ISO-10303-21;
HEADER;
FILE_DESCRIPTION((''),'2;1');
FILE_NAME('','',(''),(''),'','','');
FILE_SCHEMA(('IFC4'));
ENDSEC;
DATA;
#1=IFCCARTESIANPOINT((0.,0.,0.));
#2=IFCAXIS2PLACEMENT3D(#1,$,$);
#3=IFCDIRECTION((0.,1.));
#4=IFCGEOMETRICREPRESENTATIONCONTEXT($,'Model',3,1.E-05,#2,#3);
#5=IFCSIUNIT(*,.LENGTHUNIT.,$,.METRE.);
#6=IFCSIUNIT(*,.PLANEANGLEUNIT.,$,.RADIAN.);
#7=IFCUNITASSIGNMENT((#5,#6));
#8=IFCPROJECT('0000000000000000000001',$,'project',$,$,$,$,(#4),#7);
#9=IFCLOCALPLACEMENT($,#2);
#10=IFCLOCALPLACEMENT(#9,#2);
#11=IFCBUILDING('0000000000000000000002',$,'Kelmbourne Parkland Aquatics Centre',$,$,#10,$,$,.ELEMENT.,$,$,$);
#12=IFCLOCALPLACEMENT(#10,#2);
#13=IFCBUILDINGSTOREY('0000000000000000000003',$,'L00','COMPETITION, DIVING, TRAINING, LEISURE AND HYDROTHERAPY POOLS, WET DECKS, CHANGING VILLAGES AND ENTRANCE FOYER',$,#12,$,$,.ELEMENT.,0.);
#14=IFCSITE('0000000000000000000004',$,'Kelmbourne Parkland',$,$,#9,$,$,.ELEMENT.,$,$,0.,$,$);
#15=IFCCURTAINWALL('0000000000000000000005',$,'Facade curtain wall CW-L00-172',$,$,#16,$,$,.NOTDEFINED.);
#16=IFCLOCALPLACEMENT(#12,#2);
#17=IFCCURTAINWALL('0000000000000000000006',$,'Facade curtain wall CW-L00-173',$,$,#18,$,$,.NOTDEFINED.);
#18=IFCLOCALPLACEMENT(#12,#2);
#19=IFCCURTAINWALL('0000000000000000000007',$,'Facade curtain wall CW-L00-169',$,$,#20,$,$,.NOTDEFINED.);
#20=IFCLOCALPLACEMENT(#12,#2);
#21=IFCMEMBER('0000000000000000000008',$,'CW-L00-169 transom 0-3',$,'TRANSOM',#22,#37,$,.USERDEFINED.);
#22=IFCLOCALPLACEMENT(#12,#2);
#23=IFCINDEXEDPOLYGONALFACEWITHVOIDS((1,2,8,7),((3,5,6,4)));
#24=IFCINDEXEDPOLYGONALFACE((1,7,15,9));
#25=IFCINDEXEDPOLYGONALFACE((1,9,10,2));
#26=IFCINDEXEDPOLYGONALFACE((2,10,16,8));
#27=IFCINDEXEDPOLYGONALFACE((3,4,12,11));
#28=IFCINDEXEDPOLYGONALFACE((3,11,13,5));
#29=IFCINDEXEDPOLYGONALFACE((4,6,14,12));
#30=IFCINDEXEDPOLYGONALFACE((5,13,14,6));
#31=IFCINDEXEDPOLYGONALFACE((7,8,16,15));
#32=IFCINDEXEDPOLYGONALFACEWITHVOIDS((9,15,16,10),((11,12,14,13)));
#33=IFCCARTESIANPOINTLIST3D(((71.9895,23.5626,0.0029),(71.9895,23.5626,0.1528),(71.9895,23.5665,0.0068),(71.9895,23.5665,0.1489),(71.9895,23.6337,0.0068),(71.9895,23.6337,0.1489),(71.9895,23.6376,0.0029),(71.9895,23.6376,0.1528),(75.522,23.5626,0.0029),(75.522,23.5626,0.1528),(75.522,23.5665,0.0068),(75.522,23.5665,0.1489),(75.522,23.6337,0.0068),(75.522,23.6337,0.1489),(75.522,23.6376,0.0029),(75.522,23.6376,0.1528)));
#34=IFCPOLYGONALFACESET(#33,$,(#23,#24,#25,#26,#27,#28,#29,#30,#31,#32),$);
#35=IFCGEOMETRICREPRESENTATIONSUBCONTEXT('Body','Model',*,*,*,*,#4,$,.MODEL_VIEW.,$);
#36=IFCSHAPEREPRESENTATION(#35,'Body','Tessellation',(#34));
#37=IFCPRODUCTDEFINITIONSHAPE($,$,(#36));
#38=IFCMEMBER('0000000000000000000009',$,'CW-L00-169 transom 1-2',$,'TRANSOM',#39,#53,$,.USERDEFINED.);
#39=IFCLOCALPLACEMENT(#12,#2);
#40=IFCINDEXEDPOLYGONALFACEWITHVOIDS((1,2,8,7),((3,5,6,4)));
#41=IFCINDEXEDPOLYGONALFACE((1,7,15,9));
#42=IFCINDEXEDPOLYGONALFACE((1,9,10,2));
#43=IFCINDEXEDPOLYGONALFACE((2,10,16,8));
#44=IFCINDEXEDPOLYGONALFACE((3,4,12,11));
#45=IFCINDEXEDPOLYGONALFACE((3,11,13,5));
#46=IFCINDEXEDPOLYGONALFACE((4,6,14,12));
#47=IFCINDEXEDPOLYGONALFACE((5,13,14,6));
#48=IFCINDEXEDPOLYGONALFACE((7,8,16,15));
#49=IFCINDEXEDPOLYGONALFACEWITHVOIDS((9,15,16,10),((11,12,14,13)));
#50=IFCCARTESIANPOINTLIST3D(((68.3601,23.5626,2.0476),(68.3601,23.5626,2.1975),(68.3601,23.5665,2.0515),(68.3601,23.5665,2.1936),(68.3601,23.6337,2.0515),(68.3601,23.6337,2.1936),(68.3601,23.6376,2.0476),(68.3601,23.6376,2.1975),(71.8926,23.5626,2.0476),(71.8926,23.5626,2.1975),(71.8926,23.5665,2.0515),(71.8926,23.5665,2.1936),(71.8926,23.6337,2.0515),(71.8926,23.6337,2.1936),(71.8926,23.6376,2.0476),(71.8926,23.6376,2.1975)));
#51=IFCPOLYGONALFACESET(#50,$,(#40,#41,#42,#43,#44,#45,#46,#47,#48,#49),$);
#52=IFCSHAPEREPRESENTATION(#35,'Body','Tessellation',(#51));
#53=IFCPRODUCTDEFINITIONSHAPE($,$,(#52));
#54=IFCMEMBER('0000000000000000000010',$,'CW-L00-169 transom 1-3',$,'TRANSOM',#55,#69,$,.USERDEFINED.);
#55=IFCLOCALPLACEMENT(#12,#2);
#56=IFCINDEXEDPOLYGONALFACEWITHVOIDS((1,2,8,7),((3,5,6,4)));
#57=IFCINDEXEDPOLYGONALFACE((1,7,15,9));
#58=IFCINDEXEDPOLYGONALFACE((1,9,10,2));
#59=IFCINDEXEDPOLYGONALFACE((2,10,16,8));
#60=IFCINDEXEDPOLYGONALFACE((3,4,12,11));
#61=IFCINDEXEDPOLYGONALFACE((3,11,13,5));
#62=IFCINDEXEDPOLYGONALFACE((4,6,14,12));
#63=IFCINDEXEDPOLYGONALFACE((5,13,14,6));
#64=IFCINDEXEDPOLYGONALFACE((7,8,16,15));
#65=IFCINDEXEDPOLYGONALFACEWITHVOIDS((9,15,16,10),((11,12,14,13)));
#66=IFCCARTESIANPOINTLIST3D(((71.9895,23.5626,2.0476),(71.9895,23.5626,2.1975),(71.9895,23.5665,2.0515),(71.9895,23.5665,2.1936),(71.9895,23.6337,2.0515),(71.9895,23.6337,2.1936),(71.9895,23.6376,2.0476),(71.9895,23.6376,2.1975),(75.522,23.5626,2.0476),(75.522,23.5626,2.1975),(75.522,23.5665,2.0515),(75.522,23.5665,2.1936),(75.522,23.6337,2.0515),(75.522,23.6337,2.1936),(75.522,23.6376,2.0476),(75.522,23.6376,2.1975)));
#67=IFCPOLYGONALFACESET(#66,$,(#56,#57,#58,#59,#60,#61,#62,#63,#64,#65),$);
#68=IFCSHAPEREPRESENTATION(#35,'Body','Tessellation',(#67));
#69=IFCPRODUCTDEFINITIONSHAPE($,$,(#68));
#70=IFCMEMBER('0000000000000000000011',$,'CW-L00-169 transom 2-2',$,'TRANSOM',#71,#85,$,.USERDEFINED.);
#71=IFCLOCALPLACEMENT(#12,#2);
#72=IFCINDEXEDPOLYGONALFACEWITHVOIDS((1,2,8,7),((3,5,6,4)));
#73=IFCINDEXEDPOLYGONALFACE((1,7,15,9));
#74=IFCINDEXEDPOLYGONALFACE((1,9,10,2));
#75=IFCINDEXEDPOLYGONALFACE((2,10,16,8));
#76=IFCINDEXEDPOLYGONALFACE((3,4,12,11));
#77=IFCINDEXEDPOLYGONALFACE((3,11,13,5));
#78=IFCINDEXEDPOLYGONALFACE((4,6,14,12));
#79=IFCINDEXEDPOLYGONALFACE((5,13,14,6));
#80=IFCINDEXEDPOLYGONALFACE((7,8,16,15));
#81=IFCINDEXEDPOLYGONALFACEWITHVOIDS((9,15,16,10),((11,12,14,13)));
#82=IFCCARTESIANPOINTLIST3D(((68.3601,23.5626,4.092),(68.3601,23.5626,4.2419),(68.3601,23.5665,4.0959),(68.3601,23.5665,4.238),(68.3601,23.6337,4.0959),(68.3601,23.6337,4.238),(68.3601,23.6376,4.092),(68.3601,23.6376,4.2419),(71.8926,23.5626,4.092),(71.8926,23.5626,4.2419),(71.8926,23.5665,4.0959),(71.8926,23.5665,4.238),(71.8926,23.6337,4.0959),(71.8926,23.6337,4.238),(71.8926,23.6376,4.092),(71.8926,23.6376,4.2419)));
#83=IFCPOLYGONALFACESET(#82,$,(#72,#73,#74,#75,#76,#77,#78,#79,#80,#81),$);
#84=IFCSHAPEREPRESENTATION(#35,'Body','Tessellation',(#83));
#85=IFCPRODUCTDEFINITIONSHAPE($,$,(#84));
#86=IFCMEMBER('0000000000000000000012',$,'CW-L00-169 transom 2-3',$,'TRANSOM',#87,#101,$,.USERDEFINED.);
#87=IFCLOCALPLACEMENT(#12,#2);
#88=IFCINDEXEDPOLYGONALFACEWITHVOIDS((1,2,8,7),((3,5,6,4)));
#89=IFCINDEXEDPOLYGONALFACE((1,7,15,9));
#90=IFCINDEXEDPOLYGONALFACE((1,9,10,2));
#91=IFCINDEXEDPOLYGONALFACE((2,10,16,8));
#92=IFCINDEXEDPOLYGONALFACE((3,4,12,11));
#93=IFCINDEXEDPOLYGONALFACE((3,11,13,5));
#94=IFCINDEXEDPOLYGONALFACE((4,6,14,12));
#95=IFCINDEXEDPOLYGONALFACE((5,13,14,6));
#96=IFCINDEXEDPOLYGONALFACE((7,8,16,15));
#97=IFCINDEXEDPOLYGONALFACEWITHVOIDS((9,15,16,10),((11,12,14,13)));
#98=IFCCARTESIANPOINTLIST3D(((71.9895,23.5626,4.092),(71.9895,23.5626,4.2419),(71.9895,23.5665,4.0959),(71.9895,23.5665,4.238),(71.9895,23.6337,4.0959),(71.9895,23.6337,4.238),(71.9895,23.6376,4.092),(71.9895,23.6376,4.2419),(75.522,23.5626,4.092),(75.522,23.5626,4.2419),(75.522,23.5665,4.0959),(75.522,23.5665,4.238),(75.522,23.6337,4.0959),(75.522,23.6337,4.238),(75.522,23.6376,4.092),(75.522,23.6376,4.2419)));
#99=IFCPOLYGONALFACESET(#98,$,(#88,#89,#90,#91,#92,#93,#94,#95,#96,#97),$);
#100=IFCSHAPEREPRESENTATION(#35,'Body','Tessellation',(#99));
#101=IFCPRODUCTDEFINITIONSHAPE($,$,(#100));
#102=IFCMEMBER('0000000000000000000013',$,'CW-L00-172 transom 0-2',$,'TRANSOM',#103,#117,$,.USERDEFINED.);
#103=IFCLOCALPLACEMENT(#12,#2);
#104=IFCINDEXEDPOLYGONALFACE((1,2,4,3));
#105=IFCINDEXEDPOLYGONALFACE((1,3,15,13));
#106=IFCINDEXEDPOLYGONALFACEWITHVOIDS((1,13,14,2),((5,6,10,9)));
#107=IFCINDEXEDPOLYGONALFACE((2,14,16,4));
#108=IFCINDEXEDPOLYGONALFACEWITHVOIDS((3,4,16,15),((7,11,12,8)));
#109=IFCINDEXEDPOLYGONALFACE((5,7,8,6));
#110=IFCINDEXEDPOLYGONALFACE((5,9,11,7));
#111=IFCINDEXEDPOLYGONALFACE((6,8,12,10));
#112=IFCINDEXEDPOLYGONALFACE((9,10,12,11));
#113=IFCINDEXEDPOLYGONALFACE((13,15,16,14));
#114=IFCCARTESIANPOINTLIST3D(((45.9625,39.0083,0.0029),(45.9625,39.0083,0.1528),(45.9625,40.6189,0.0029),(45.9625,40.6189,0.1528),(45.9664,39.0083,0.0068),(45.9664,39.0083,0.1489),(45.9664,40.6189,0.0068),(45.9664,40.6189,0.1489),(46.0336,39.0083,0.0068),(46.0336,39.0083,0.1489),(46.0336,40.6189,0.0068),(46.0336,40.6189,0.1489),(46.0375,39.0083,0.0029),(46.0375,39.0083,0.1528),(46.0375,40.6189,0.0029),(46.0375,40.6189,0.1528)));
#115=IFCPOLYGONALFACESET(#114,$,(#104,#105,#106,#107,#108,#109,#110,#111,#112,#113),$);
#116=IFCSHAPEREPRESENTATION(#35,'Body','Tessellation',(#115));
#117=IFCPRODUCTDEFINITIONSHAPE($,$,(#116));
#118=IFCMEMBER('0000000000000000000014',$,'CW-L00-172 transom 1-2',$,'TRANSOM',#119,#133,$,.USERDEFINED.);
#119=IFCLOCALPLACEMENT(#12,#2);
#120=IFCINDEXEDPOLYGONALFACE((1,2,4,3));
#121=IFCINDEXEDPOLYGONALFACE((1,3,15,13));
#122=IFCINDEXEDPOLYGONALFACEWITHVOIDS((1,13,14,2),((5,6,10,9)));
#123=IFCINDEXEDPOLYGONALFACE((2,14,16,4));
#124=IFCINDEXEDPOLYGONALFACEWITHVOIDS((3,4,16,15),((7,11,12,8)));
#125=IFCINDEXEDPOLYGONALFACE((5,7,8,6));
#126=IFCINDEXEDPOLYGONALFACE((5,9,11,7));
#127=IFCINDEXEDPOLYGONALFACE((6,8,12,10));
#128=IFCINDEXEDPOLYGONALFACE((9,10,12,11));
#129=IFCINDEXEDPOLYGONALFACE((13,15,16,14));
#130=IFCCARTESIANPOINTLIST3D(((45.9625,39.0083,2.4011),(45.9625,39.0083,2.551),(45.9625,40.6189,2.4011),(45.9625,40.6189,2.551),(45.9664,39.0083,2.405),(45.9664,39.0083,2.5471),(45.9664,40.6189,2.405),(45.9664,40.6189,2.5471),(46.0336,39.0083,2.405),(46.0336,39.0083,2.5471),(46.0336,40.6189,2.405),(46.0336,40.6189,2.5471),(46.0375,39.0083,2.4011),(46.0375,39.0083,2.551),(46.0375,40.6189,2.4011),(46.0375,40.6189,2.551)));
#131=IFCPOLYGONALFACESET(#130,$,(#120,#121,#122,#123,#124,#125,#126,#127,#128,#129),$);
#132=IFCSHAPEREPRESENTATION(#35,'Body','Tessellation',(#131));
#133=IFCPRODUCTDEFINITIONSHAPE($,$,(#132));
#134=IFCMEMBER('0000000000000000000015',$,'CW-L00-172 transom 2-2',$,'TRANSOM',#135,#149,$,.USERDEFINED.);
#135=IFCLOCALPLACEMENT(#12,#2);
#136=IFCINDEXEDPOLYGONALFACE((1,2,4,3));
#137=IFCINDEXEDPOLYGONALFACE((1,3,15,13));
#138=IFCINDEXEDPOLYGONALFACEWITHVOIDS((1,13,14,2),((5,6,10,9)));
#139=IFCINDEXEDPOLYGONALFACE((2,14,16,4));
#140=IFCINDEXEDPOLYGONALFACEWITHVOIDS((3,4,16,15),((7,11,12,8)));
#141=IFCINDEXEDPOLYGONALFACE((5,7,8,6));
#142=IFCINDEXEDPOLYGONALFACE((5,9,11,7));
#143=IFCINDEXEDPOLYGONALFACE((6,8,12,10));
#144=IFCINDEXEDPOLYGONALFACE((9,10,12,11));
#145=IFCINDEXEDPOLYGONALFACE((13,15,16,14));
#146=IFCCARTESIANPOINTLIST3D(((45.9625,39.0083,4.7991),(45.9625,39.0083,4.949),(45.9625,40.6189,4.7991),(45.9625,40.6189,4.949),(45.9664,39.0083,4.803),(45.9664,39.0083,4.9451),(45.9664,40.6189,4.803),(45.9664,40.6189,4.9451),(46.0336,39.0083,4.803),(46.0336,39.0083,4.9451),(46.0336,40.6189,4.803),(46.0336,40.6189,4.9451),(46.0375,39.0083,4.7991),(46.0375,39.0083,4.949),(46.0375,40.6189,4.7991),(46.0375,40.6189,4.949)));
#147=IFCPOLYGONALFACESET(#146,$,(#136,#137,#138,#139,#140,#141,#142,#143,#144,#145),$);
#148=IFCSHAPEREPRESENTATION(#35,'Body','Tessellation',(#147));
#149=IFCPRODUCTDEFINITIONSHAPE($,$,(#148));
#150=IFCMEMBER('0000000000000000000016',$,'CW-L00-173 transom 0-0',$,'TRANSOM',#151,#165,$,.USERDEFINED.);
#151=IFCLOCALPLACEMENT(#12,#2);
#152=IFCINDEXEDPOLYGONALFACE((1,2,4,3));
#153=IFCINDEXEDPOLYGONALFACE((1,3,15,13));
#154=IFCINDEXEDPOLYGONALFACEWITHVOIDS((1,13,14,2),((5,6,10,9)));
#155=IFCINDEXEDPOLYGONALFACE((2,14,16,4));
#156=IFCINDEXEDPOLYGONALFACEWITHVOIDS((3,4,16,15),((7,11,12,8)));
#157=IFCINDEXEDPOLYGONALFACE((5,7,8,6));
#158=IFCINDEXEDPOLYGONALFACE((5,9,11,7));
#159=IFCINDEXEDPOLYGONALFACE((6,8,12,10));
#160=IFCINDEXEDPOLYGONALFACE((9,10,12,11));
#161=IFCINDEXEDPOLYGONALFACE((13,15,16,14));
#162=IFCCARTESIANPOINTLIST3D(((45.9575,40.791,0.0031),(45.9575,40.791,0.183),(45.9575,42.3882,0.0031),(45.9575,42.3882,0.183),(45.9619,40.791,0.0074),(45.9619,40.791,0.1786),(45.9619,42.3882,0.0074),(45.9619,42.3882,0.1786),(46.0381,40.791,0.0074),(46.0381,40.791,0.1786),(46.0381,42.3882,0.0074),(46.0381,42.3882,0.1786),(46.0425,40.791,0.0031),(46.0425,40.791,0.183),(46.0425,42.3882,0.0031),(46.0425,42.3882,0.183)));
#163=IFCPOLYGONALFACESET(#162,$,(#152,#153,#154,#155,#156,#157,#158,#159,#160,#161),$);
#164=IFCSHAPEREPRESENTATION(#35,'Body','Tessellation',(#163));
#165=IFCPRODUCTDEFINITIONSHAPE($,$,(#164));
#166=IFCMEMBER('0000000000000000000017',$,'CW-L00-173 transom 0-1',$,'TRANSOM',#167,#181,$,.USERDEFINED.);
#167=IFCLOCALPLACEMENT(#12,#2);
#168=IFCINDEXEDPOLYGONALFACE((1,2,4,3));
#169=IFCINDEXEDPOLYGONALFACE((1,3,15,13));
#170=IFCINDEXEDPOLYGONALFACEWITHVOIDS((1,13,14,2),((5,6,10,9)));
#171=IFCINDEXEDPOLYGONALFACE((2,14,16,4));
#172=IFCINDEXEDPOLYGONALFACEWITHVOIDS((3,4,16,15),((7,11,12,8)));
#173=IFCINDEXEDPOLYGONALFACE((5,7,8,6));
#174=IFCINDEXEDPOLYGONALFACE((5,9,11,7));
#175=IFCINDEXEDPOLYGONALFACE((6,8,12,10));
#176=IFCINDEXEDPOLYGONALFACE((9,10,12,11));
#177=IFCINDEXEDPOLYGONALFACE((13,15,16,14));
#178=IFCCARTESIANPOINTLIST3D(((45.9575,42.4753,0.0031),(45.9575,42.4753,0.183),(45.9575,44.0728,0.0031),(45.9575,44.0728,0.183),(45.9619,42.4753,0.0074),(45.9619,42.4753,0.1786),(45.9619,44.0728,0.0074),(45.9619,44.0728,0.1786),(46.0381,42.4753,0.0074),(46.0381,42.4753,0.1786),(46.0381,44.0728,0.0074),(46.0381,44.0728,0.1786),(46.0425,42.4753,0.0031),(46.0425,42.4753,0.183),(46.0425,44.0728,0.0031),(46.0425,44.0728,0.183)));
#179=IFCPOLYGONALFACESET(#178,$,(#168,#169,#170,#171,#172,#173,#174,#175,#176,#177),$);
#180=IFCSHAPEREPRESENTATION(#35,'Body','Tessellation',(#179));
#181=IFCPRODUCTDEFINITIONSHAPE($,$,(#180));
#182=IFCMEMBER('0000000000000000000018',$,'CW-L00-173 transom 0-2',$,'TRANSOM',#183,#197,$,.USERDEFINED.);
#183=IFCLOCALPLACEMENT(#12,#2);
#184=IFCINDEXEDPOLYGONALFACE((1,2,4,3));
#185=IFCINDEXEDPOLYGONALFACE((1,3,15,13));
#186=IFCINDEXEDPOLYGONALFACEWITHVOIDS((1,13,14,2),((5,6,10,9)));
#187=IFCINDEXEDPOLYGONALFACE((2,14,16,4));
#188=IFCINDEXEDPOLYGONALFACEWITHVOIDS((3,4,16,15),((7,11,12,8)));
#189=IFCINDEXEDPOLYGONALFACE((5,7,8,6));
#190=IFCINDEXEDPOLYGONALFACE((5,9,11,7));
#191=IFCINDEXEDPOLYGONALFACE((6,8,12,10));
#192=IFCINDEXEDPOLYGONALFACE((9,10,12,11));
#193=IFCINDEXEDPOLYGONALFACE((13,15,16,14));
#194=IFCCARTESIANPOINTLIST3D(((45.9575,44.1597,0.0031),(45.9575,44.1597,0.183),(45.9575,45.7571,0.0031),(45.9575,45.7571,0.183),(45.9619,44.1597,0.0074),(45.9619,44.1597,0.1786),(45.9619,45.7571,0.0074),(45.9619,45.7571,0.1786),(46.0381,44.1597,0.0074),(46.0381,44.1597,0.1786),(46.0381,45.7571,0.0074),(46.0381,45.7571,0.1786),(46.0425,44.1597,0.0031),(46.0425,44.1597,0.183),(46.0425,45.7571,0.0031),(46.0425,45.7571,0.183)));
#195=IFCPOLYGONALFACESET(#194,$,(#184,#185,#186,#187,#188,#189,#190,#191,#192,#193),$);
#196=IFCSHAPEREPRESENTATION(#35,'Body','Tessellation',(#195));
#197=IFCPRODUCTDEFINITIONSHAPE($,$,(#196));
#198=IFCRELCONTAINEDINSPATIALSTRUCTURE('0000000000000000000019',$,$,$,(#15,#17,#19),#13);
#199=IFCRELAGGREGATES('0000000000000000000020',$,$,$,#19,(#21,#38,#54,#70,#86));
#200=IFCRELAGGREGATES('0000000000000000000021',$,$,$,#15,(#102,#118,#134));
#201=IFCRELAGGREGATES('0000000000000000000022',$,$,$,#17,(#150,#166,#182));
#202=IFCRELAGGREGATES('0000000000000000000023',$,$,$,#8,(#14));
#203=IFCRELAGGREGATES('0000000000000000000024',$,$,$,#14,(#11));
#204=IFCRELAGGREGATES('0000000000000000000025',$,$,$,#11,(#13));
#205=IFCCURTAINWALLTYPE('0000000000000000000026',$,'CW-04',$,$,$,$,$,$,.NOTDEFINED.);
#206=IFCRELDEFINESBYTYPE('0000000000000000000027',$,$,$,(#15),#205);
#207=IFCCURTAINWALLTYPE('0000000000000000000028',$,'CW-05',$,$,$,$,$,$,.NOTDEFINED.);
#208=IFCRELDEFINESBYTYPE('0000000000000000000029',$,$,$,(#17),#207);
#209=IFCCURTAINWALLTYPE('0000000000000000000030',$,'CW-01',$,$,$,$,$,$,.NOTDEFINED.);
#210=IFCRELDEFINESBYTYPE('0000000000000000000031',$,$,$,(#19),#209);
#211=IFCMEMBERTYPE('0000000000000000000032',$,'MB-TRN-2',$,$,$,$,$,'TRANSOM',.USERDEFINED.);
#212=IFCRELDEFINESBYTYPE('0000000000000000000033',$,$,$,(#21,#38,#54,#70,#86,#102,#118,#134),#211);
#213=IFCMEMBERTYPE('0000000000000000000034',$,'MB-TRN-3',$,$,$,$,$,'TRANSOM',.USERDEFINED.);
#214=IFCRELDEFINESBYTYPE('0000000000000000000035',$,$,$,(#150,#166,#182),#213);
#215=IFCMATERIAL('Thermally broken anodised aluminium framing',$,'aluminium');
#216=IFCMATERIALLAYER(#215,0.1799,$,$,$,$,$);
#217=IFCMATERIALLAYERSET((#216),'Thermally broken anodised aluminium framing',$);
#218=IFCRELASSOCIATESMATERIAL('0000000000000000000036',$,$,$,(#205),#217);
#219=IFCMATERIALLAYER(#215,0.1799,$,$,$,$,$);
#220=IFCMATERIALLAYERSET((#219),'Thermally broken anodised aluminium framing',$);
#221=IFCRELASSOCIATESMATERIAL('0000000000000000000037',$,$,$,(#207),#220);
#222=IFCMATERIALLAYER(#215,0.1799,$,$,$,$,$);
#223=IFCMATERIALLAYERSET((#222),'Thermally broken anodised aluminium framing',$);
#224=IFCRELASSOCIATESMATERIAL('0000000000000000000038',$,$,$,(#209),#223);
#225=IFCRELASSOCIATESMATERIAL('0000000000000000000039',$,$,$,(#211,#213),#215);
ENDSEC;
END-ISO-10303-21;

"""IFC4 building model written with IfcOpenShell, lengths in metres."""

from ifc_helpers import new_model, si_unit, direction, frame, origin, origin_2d, place, context, subcontext, project, spatial, hollow_rectangle, extrude, material, layer, layer_set, material_profile, profile_set, type_object, element, aggregate, save


model = new_model("IFC4")

# Units and contexts
model_context = context("Model", 3, precision=1e-05, world=origin(), true_north=direction((0.0, 1.0)))
body_context = subcontext(model_context, "Body", "Model", "MODEL_VIEW")
ifc_project = project(units=[si_unit("LENGTHUNIT", "METRE"), si_unit("PLANEANGLEUNIT", "RADIAN")], contexts=[model_context])

# Site, building, storey
site_placement = place(None, origin())
site = spatial("IfcSite", under=ifc_project, at=site_placement, Name="Kelmbourne Parkland", CompositionType="ELEMENT", RefElevation=0.0)
building_placement = place(site_placement, origin())
building = spatial("IfcBuilding", under=site, at=building_placement, Name="Kelmbourne Parkland Aquatics Centre", CompositionType="ELEMENT")
storey_placement = place(building_placement, origin())
storey = spatial("IfcBuildingStorey", under=building, at=storey_placement, Name="L00", Description="COMPETITION, DIVING, TRAINING, LEISURE AND HYDROTHERAPY POOLS, WET DECKS, CHANGING VILLAGES AND ENTRANCE FOYER", CompositionType="ELEMENT", Elevation=0.0)

# Curtain wall
ifc_material_1 = material(Name="Thermally broken anodised aluminium framing", Category="aluminium")
ifc_layer_1 = layer(ifc_material_1, 0.1799)
ifc_layer_set_1 = layer_set([ifc_layer_1], Name="Thermally broken anodised aluminium framing")
curtain_wall_type_1 = type_object("IfcCurtainWallType", Name="CW-04", PredefinedType="NOTDEFINED", material=ifc_layer_set_1)
curtain_wall_1_placement = place(storey_placement, origin())
curtain_wall_1 = element("IfcCurtainWall", 1, at=curtain_wall_1_placement, inside=storey, type_object=curtain_wall_type_1, Name="Facade curtain wall CW-L00-172", PredefinedType="NOTDEFINED")

# Curtain walls, members
ifc_layer_2 = layer(ifc_material_1, 0.1799)
ifc_layer_set_2 = layer_set([ifc_layer_2], Name="Thermally broken anodised aluminium framing")
curtain_wall_type_2 = type_object("IfcCurtainWallType", Name="CW-05", PredefinedType="NOTDEFINED", material=ifc_layer_set_2)
curtain_wall_2_placement = place(storey_placement, origin())
curtain_wall_2 = element("IfcCurtainWall", 2, at=curtain_wall_2_placement, inside=storey, type_object=curtain_wall_type_2, Name="Facade curtain wall CW-L00-173", PredefinedType="NOTDEFINED")
ifc_layer_3 = layer(ifc_material_1, 0.1799)
ifc_layer_set_3 = layer_set([ifc_layer_3], Name="Thermally broken anodised aluminium framing")
curtain_wall_type_3 = type_object("IfcCurtainWallType", Name="CW-01", PredefinedType="NOTDEFINED", material=ifc_layer_set_3)
curtain_wall_3_placement = place(storey_placement, origin())
curtain_wall_3 = element("IfcCurtainWall", 3, at=curtain_wall_3_placement, inside=storey, type_object=curtain_wall_type_3, Name="Facade curtain wall CW-L00-169", PredefinedType="NOTDEFINED")
ifc_material_profile_1 = material_profile(ifc_material_1, hollow_rectangle(XDim=0.075, YDim=0.1499, WallThickness=0.0039, at=origin_2d()), Name="CW-T 75x150")
ifc_profile_set_1 = profile_set([ifc_material_profile_1], Name="Thermally broken anodised aluminium framing")
member_type_1 = type_object("IfcMemberType", Name="MB-TRN-2", ElementType="TRANSOM", PredefinedType="USERDEFINED", material=ifc_profile_set_1)
member_1_placement = place(storey_placement, frame((71.9895, 23.6001, 0.0779), z_axis=(1.0, 0.0, 0.0), x_axis=(0.0, 1.0, 0.0)))
member_1 = element("IfcMember", 4, at=member_1_placement, type_object=member_type_1, Name="CW-L00-169 transom 0-3", ObjectType="TRANSOM", PredefinedType="USERDEFINED", context=body_context, shape_type="SweptSolid", body=[
    extrude(hollow_rectangle(XDim=0.075, YDim=0.1499, WallThickness=0.0039, at=origin_2d()), origin(), (0.0, 0.0, 1.0), 3.5325),
])
member_2_placement = place(storey_placement, frame((68.3601, 23.6001, 2.1226), z_axis=(1.0, 0.0, 0.0), x_axis=(0.0, 1.0, 0.0)))
member_2 = element("IfcMember", 5, at=member_2_placement, type_object=member_type_1, Name="CW-L00-169 transom 1-2", ObjectType="TRANSOM", PredefinedType="USERDEFINED", context=body_context, shape_type="SweptSolid", body=[
    extrude(hollow_rectangle(XDim=0.075, YDim=0.1499, WallThickness=0.0039, at=origin_2d()), origin(), (0.0, 0.0, 1.0), 3.5325),
])
member_3_placement = place(storey_placement, frame((71.9895, 23.6001, 2.1226), z_axis=(1.0, 0.0, 0.0), x_axis=(0.0, 1.0, 0.0)))
member_3 = element("IfcMember", 6, at=member_3_placement, type_object=member_type_1, Name="CW-L00-169 transom 1-3", ObjectType="TRANSOM", PredefinedType="USERDEFINED", context=body_context, shape_type="SweptSolid", body=[
    extrude(hollow_rectangle(XDim=0.075, YDim=0.1499, WallThickness=0.0039, at=origin_2d()), origin(), (0.0, 0.0, 1.0), 3.5325),
])
member_4_placement = place(storey_placement, frame((68.3601, 23.6001, 4.167), z_axis=(1.0, 0.0, 0.0), x_axis=(0.0, 1.0, 0.0)))
member_4 = element("IfcMember", 7, at=member_4_placement, type_object=member_type_1, Name="CW-L00-169 transom 2-2", ObjectType="TRANSOM", PredefinedType="USERDEFINED", context=body_context, shape_type="SweptSolid", body=[
    extrude(hollow_rectangle(XDim=0.075, YDim=0.1499, WallThickness=0.0039, at=origin_2d()), origin(), (0.0, 0.0, 1.0), 3.5325),
])
member_5_placement = place(storey_placement, frame((71.9895, 23.6001, 4.167), z_axis=(1.0, 0.0, 0.0), x_axis=(0.0, 1.0, 0.0)))
member_5 = element("IfcMember", 8, at=member_5_placement, type_object=member_type_1, Name="CW-L00-169 transom 2-3", ObjectType="TRANSOM", PredefinedType="USERDEFINED", context=body_context, shape_type="SweptSolid", body=[
    extrude(hollow_rectangle(XDim=0.075, YDim=0.1499, WallThickness=0.0039, at=origin_2d()), origin(), (0.0, 0.0, 1.0), 3.5325),
])

# Members
member_6_placement = place(storey_placement, frame((46.0, 39.0083, 0.0779), z_axis=(0.0, 1.0, 0.0), x_axis=(-1.0, 0.0, 0.0)))
member_6 = element("IfcMember", 9, at=member_6_placement, type_object=member_type_1, Name="CW-L00-172 transom 0-2", ObjectType="TRANSOM", PredefinedType="USERDEFINED", context=body_context, shape_type="SweptSolid", body=[
    extrude(hollow_rectangle(XDim=0.075, YDim=0.1499, WallThickness=0.0039, at=origin_2d()), origin(), (0.0, 0.0, 1.0), 1.6106),
])
member_7_placement = place(storey_placement, frame((46.0, 39.0083, 2.4761), z_axis=(0.0, 1.0, 0.0), x_axis=(-1.0, 0.0, 0.0)))
member_7 = element("IfcMember", 10, at=member_7_placement, type_object=member_type_1, Name="CW-L00-172 transom 1-2", ObjectType="TRANSOM", PredefinedType="USERDEFINED", context=body_context, shape_type="SweptSolid", body=[
    extrude(hollow_rectangle(XDim=0.075, YDim=0.1499, WallThickness=0.0039, at=origin_2d()), origin(), (0.0, 0.0, 1.0), 1.6106),
])
member_8_placement = place(storey_placement, frame((46.0, 39.0083, 4.874), z_axis=(0.0, 1.0, 0.0), x_axis=(-1.0, 0.0, 0.0)))
member_8 = element("IfcMember", 11, at=member_8_placement, type_object=member_type_1, Name="CW-L00-172 transom 2-2", ObjectType="TRANSOM", PredefinedType="USERDEFINED", context=body_context, shape_type="SweptSolid", body=[
    extrude(hollow_rectangle(XDim=0.075, YDim=0.1499, WallThickness=0.0039, at=origin_2d()), origin(), (0.0, 0.0, 1.0), 1.6106),
])
ifc_material_profile_2 = material_profile(ifc_material_1, hollow_rectangle(XDim=0.085, YDim=0.1799, WallThickness=0.0044, at=origin_2d()), Name="CW-T 85x180")
ifc_profile_set_2 = profile_set([ifc_material_profile_2], Name="Thermally broken anodised aluminium framing")
member_type_2 = type_object("IfcMemberType", Name="MB-TRN-3", ElementType="TRANSOM", PredefinedType="USERDEFINED", material=ifc_profile_set_2)
member_9_placement = place(storey_placement, frame((46.0, 40.791, 0.093), z_axis=(0.0, 1.0, 0.0), x_axis=(-1.0, 0.0, 0.0)))
member_9 = element("IfcMember", 12, at=member_9_placement, type_object=member_type_2, Name="CW-L00-173 transom 0-0", ObjectType="TRANSOM", PredefinedType="USERDEFINED", context=body_context, shape_type="SweptSolid", body=[
    extrude(hollow_rectangle(XDim=0.085, YDim=0.1799, WallThickness=0.0044, at=origin_2d()), origin(), (0.0, 0.0, 1.0), 1.5972),
])
member_10_placement = place(storey_placement, frame((46.0, 42.4753, 0.093), z_axis=(0.0, 1.0, 0.0), x_axis=(-1.0, 0.0, 0.0)))
member_10 = element("IfcMember", 13, at=member_10_placement, type_object=member_type_2, Name="CW-L00-173 transom 0-1", ObjectType="TRANSOM", PredefinedType="USERDEFINED", context=body_context, shape_type="SweptSolid", body=[
    extrude(hollow_rectangle(XDim=0.085, YDim=0.1799, WallThickness=0.0044, at=origin_2d()), origin(), (0.0, 0.0, 1.0), 1.5974),
])
member_11_placement = place(storey_placement, frame((46.0, 44.1597, 0.093), z_axis=(0.0, 1.0, 0.0), x_axis=(-1.0, 0.0, 0.0)))
member_11 = element("IfcMember", 14, at=member_11_placement, type_object=member_type_2, Name="CW-L00-173 transom 0-2", ObjectType="TRANSOM", PredefinedType="USERDEFINED", context=body_context, shape_type="SweptSolid", body=[
    extrude(hollow_rectangle(XDim=0.085, YDim=0.1799, WallThickness=0.0044, at=origin_2d()), origin(), (0.0, 0.0, 1.0), 1.5974),
])

aggregate(curtain_wall_3, [member_1, member_2, member_3, member_4, member_5])
aggregate(curtain_wall_1, [member_6, member_7, member_8])
aggregate(curtain_wall_2, [member_9, member_10, member_11])

save(model, "model.ifc")
